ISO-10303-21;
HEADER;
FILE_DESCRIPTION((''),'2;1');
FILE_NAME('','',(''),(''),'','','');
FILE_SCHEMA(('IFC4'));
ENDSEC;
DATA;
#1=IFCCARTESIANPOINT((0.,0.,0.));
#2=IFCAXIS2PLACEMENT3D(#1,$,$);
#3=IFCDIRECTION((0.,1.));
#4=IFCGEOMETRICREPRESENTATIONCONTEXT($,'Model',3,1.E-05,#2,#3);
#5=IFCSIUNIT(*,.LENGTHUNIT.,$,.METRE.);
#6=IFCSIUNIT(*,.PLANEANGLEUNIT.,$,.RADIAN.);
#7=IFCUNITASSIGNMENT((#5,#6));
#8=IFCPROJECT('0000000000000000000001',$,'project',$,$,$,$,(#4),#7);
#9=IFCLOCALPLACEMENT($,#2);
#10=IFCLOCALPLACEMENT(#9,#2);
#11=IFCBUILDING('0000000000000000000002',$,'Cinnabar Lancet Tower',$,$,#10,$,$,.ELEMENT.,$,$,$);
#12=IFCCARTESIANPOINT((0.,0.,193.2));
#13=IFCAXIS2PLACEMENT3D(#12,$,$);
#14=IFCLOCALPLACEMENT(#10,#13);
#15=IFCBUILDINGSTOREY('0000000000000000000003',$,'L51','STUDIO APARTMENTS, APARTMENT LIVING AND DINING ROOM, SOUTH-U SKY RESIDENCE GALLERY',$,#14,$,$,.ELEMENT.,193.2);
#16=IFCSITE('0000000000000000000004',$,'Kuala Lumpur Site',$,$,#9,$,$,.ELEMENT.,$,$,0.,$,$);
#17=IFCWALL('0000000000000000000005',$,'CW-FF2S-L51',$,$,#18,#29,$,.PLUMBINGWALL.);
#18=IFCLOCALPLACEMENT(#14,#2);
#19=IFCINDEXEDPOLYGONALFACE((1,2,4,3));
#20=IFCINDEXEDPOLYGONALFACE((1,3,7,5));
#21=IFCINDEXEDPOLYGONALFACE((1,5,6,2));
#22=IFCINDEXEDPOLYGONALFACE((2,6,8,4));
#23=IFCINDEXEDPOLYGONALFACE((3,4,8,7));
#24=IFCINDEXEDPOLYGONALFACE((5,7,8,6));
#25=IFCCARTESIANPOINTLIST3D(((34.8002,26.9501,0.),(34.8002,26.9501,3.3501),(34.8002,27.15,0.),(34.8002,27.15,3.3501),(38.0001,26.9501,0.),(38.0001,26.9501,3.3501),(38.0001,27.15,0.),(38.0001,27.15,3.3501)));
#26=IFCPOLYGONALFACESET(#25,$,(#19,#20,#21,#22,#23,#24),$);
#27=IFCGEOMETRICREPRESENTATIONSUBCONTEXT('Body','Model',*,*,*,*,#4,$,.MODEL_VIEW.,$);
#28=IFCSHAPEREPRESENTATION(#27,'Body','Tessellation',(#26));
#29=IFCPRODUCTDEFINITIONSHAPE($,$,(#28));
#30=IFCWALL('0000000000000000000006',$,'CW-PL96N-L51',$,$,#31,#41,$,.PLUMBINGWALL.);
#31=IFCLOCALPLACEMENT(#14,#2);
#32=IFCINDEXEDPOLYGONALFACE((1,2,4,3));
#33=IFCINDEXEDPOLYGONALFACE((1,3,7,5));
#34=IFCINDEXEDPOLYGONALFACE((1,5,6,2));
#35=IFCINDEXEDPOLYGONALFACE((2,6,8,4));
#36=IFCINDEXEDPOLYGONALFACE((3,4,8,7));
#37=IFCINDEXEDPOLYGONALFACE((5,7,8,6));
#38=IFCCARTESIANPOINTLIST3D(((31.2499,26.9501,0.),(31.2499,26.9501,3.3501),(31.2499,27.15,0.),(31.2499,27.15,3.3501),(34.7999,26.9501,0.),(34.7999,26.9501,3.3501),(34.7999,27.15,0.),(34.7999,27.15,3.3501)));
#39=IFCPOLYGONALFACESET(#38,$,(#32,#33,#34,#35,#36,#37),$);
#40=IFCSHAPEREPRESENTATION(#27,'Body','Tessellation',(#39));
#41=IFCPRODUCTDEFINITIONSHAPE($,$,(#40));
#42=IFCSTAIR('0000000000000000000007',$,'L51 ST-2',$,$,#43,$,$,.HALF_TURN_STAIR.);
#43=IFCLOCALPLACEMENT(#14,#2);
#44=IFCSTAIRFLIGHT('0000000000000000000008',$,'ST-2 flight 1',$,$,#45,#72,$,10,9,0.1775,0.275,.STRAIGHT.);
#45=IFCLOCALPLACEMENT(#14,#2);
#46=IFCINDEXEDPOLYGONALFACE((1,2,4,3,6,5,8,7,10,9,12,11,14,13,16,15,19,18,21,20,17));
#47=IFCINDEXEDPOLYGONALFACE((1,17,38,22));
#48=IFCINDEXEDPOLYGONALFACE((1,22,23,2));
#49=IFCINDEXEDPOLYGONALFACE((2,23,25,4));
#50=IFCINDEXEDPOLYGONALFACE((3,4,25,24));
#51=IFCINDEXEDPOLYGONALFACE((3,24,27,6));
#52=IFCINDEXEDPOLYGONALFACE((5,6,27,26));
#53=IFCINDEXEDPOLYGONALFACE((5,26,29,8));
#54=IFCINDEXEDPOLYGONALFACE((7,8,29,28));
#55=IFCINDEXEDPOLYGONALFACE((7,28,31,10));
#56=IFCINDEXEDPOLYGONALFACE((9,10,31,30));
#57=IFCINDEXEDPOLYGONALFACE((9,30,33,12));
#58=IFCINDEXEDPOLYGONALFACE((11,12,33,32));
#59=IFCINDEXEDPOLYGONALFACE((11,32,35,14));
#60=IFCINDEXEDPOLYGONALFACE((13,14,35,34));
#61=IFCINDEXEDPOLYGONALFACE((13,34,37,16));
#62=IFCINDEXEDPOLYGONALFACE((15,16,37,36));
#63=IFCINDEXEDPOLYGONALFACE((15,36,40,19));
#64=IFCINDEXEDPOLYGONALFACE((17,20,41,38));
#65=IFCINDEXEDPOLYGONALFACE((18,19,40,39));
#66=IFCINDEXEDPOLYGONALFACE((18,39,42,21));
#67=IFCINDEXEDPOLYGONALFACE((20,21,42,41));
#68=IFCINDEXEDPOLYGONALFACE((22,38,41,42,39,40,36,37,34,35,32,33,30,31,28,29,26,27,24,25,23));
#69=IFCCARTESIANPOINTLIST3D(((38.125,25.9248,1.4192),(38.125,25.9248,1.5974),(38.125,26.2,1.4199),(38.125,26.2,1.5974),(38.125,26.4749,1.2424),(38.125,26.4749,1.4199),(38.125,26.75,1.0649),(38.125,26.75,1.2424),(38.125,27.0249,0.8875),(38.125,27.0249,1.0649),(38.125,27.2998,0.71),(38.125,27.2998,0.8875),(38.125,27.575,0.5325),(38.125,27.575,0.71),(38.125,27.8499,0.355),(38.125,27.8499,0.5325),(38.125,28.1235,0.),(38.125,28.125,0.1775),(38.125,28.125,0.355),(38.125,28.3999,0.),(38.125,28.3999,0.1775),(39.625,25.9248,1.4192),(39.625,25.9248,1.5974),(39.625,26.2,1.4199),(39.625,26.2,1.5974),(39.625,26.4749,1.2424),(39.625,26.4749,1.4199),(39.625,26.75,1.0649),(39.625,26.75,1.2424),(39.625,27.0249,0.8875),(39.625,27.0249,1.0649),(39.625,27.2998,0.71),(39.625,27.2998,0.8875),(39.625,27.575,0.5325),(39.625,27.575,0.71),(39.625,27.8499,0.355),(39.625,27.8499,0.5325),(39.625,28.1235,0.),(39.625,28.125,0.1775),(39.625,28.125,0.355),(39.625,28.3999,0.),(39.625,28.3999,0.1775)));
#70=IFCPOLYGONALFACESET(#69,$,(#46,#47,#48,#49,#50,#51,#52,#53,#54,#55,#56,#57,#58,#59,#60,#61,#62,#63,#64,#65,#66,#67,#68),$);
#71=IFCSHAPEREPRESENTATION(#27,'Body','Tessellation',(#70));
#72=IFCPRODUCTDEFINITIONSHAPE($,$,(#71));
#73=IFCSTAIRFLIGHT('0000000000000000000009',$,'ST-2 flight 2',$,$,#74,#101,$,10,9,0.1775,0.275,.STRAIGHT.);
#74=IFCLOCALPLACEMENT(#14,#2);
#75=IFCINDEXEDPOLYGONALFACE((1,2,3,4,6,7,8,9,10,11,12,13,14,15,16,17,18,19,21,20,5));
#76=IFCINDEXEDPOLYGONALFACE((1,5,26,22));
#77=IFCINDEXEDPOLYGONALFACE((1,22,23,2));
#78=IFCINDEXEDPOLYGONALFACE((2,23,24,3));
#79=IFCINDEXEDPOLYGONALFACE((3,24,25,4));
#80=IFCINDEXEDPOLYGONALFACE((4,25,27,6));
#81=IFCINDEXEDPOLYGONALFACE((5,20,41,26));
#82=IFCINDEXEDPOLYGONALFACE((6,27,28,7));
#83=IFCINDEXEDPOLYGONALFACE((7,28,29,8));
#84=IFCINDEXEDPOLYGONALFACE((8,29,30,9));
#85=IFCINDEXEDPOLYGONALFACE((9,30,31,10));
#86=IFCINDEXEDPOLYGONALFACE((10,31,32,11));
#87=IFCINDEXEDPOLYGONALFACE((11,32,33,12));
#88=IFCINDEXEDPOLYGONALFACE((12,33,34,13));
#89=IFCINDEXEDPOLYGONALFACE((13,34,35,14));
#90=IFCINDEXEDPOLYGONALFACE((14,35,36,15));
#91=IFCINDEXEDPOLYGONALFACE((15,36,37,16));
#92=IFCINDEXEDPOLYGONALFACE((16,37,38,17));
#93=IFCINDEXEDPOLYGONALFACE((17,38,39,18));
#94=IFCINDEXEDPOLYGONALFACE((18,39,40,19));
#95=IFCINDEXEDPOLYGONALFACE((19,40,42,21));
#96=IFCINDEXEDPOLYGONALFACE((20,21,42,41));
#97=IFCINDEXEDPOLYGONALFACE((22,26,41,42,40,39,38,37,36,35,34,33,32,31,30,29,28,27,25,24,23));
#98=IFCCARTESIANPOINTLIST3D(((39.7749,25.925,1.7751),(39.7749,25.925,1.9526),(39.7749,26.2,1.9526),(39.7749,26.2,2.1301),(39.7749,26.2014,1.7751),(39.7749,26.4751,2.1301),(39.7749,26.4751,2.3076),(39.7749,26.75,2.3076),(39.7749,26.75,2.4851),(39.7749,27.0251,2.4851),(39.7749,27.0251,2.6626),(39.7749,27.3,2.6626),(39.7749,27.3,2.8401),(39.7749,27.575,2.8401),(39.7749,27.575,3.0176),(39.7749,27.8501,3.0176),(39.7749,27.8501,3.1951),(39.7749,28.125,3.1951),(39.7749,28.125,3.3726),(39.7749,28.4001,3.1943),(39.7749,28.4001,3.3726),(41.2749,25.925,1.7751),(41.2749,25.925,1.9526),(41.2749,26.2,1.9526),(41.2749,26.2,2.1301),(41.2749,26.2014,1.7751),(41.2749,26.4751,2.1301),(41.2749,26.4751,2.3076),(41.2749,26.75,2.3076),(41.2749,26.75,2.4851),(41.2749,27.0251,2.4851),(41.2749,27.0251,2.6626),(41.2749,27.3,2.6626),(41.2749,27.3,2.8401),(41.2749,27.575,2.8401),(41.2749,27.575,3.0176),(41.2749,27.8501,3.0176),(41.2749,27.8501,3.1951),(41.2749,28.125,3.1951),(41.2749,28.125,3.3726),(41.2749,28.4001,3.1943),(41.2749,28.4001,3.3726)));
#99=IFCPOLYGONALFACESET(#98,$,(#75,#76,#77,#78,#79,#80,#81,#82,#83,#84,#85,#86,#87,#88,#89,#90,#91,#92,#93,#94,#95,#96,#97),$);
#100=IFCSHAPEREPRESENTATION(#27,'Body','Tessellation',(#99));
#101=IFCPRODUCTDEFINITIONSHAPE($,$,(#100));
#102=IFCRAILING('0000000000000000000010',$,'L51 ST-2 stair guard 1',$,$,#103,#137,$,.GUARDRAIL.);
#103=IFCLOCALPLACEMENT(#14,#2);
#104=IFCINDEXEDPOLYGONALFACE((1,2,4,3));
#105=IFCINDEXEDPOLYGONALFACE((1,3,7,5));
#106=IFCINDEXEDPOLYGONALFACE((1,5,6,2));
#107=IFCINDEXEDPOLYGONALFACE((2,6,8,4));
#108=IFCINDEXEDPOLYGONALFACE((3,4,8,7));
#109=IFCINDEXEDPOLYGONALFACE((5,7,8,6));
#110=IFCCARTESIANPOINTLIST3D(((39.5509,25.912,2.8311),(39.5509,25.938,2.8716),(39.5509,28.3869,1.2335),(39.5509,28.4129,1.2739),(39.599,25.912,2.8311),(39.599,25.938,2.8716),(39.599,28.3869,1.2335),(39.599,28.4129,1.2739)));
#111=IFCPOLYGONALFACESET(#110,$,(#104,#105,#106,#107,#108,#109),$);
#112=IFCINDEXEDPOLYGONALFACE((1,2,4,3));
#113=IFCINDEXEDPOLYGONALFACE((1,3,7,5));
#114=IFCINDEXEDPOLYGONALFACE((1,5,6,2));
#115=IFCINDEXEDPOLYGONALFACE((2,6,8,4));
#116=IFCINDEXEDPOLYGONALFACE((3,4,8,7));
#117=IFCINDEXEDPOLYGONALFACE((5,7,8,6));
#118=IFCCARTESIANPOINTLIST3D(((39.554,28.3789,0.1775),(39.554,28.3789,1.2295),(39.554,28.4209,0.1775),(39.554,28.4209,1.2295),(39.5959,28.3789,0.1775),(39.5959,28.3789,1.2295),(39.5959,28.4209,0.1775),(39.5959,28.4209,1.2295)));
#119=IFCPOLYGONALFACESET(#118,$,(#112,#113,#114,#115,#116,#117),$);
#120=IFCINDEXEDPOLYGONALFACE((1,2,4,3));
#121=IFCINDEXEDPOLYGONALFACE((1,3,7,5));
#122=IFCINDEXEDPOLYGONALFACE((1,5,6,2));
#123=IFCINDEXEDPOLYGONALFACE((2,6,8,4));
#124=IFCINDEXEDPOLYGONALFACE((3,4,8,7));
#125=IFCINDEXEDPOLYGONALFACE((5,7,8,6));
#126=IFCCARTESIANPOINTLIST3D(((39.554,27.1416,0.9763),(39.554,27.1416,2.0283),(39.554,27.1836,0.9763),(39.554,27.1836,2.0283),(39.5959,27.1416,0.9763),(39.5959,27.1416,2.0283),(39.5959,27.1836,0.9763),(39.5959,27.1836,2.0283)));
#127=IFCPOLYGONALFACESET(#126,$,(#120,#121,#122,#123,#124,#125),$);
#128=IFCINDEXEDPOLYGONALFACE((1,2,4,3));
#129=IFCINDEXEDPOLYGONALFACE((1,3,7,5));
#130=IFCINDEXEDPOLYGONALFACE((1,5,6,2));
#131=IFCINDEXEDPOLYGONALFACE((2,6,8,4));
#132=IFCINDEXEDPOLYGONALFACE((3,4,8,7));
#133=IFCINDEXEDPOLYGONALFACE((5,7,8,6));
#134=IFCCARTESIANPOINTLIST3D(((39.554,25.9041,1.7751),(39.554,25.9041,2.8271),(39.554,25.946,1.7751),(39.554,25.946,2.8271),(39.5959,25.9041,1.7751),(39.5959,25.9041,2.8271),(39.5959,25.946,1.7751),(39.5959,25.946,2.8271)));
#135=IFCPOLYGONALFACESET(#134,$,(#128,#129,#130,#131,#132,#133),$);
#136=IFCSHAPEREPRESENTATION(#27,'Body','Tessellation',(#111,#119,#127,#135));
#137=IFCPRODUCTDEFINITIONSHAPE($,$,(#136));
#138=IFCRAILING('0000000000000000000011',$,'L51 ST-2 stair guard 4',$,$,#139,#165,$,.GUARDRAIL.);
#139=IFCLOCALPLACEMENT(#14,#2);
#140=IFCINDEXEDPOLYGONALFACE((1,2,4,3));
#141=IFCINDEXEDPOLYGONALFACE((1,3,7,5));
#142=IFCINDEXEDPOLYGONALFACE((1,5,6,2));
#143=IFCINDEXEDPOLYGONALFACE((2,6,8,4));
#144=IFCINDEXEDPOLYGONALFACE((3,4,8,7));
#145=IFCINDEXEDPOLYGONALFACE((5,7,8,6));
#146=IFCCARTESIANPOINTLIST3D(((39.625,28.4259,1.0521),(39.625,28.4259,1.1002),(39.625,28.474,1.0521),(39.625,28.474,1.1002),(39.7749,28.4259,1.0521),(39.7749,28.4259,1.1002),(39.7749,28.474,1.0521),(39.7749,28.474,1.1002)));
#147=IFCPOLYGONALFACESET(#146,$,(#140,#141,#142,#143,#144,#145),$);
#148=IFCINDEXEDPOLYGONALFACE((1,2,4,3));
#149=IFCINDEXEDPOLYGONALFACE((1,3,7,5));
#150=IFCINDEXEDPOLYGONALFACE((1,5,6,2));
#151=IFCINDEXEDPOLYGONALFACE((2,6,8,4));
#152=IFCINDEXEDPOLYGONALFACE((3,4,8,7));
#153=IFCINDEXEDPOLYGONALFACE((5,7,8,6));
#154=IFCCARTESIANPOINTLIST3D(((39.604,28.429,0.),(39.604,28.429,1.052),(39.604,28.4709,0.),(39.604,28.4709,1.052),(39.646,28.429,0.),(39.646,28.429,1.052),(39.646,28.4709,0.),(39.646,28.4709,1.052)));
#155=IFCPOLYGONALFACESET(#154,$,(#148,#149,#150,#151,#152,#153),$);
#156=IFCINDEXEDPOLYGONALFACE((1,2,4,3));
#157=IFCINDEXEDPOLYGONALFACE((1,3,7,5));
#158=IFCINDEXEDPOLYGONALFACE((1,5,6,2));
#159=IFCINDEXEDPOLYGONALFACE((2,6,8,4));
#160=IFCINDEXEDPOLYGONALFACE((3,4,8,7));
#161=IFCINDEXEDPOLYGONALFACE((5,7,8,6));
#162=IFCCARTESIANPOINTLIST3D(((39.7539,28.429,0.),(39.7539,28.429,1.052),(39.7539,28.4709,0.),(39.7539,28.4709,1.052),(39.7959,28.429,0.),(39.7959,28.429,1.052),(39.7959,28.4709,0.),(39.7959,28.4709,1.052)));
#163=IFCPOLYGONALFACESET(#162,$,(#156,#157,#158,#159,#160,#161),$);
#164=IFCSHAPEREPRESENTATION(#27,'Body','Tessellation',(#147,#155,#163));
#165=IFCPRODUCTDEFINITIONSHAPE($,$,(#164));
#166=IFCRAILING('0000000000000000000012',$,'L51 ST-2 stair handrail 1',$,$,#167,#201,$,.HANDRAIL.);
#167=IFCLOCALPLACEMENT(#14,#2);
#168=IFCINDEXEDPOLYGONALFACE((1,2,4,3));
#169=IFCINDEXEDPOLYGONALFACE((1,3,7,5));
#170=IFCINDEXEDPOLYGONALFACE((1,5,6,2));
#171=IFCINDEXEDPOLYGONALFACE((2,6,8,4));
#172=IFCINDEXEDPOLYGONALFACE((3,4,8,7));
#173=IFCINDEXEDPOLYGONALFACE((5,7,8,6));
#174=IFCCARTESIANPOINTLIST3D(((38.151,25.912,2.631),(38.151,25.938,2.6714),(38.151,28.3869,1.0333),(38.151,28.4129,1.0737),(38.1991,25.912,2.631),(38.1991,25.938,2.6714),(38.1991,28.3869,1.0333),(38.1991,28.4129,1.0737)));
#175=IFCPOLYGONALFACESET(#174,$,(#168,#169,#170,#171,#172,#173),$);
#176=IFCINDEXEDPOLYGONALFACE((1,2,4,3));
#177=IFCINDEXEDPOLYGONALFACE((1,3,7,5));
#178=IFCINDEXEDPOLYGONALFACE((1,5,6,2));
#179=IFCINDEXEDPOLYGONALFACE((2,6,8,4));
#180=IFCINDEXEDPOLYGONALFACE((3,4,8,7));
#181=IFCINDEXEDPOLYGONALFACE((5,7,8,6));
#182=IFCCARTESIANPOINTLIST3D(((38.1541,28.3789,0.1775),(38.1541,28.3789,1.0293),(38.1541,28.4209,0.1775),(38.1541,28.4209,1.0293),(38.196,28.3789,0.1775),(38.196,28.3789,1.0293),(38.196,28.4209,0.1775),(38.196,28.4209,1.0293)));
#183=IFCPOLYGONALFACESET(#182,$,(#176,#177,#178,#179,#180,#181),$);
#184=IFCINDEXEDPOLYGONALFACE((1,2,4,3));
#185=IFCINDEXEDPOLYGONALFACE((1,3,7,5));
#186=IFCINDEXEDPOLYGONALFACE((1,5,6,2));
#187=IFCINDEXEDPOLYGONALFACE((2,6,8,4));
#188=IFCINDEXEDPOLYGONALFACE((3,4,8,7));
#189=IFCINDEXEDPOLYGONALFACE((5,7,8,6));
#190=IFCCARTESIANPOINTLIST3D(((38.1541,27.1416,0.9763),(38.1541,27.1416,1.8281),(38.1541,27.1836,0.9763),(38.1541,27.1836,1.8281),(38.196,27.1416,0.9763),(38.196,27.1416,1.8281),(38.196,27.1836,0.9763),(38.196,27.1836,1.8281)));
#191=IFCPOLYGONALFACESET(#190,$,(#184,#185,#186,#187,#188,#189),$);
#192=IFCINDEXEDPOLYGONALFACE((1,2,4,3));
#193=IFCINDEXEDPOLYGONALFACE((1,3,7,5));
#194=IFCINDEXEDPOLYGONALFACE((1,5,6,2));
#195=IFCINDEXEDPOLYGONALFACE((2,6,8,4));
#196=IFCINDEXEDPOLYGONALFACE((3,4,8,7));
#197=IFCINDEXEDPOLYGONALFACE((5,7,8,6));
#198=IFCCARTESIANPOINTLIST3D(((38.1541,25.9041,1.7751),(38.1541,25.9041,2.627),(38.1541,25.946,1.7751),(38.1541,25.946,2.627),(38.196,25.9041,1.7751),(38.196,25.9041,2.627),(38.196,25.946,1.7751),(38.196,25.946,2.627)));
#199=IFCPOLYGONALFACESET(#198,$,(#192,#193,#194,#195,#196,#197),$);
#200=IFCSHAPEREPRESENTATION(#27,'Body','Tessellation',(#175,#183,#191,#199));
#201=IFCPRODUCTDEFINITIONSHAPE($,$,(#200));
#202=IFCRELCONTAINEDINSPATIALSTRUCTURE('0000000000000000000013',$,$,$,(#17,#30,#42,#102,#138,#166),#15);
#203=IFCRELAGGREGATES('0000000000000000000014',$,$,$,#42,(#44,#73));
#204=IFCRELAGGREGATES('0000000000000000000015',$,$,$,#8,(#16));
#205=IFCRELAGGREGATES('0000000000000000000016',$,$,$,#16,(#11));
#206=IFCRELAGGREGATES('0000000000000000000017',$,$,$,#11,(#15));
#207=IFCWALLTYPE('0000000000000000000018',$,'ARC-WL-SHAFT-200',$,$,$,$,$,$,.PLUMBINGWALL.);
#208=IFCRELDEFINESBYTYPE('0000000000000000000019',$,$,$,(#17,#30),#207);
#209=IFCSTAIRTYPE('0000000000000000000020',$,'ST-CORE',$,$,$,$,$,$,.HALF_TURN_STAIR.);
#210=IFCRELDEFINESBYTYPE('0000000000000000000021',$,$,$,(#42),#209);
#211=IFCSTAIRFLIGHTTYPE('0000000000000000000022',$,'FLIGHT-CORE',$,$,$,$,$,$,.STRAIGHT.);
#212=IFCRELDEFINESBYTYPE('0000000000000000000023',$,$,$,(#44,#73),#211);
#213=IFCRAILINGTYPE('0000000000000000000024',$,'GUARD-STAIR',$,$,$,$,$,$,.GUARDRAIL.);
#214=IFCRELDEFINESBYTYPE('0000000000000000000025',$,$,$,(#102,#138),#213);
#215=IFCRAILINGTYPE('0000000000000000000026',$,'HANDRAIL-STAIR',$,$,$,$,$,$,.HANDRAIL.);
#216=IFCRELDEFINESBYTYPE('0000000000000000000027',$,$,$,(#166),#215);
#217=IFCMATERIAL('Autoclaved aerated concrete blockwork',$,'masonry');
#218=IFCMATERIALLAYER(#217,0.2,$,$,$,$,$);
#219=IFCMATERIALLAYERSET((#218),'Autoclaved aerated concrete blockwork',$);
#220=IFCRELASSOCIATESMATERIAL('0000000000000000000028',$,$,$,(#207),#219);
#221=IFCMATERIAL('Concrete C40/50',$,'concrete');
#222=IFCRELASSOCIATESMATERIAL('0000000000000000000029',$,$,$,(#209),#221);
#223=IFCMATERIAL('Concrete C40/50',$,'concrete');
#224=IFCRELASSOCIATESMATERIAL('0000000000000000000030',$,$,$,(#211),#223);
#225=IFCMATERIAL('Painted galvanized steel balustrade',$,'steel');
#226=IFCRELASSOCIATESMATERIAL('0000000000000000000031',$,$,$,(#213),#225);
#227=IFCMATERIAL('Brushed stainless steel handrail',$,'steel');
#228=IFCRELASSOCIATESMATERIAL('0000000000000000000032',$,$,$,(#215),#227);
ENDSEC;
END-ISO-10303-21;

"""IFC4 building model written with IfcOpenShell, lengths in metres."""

from ifc_helpers import new_model, si_unit, direction, frame, frame_2d, origin, origin_2d, place, context, subcontext, project, spatial, polyline, rectangle, outline, extrude, material, layer, layer_set, type_object, element, aggregate, save


model = new_model("IFC4")

# Units and contexts
model_context = context("Model", 3, precision=1e-05, world=origin(), true_north=direction((0.0, 1.0)))
body_context = subcontext(model_context, "Body", "Model", "MODEL_VIEW")
ifc_project = project(units=[si_unit("LENGTHUNIT", "METRE"), si_unit("PLANEANGLEUNIT", "RADIAN")], contexts=[model_context])

# Site, building, storey
site_placement = place(None, origin())
site = spatial("IfcSite", under=ifc_project, at=site_placement, Name="Kuala Lumpur Site", CompositionType="ELEMENT", RefElevation=0.0)
building_placement = place(site_placement, origin())
building = spatial("IfcBuilding", under=site, at=building_placement, Name="Cinnabar Lancet Tower", CompositionType="ELEMENT")
storey_placement = place(building_placement, frame((0.0, 0.0, 193.2)))
storey = spatial("IfcBuildingStorey", under=building, at=storey_placement, Name="L51", Description="STUDIO APARTMENTS, APARTMENT LIVING AND DINING ROOM, SOUTH-U SKY RESIDENCE GALLERY", CompositionType="ELEMENT", Elevation=193.2)

# Shared definitions
ifc_material_1 = material(Name="Autoclaved aerated concrete blockwork", Category="masonry")
ifc_layer = layer(ifc_material_1, 0.2)
ifc_layer_set = layer_set([ifc_layer], Name="Autoclaved aerated concrete blockwork")
wall_type = type_object("IfcWallType", Name="ARC-WL-SHAFT-200", PredefinedType="PLUMBINGWALL", material=ifc_layer_set)

# Walls
wall_1_placement = place(storey_placement, frame((34.8, 27.05, 0.0), z_axis=(0.0, 0.0, 1.0), x_axis=(1.0, 0.0, 0.0)))
element("IfcWall", 1, at=wall_1_placement, inside=storey, type_object=wall_type, Name="CW-FF2S-L51", PredefinedType="PLUMBINGWALL", context=body_context, shape_type="SweptSolid", body=[
    extrude(rectangle(XDim=3.2, YDim=0.2, at=frame_2d((1.6001, 0.0))), origin(), (0.0, 0.0, 1.0), 3.3501),
])
wall_2_placement = place(storey_placement, frame((31.25, 27.05, 0.0), z_axis=(0.0, 0.0, 1.0), x_axis=(1.0, 0.0, 0.0)))
element("IfcWall", 2, at=wall_2_placement, inside=storey, type_object=wall_type, Name="CW-PL96N-L51", PredefinedType="PLUMBINGWALL", context=body_context, shape_type="SweptSolid", body=[
    extrude(rectangle(XDim=3.55, YDim=0.2, at=frame_2d((1.7749, 0.0))), origin(), (0.0, 0.0, 1.0), 3.3501),
])

# Stair, stair flights
ifc_material_2 = material(Name="Concrete C40/50", Category="concrete")
stair_type = type_object("IfcStairType", Name="ST-CORE", PredefinedType="HALF_TURN_STAIR", material=ifc_material_2)
stair_placement = place(storey_placement, origin())
stair = element("IfcStair", 3, at=stair_placement, inside=storey, type_object=stair_type, Name="L51 ST-2", PredefinedType="HALF_TURN_STAIR")
ifc_material_3 = material(Name="Concrete C40/50", Category="concrete")
stair_flight_type = type_object("IfcStairFlightType", Name="FLIGHT-CORE", PredefinedType="STRAIGHT", material=ifc_material_3)
stair_flight_1_placement = place(storey_placement, frame((38.875, 28.3999, 0.0), z_axis=(0.0, 0.0, 1.0), x_axis=(0.0, -1.0, 0.0)))
stair_flight_1 = element("IfcStairFlight", 4, at=stair_flight_1_placement, type_object=stair_flight_type, Name="ST-2 flight 1", NumberOfRisers=10, NumberOfTreads=9, PredefinedType="STRAIGHT", RiserHeight=0.1775, TreadLength=0.275, context=body_context, shape_type="SweptSolid", body=[
    extrude(outline(polyline([(0.0, 0.0), (0.0, 0.1775), (0.2749, 0.1775), (0.2749, 0.355), (0.55, 0.355), (0.55, 0.5325), (0.825, 0.5325), (0.825, 0.71), (1.1001, 0.71), (1.1001, 0.8875), (1.375, 0.8875), (1.375, 1.0649), (1.6499, 1.0649), (1.6499, 1.2424), (1.925, 1.2424), (1.925, 1.4199), (2.2, 1.4199), (2.2, 1.5974), (2.4751, 1.5974), (2.4751, 1.7749), (2.4751, 1.4192), (0.2764, 0.0), (0.0, 0.0)])), frame((0.0, 0.75, 0.0), z_axis=(0.0, -1.0, 0.0), x_axis=(1.0, 0.0, 0.0)), (0.0, 0.0, 1.0), 1.5),
])
stair_flight_2_placement = place(storey_placement, frame((40.5249, 25.925, 1.7751), z_axis=(0.0, 0.0, 1.0), x_axis=(0.0, 1.0, 0.0)))
stair_flight_2 = element("IfcStairFlight", 5, at=stair_flight_2_placement, type_object=stair_flight_type, Name="ST-2 flight 2", NumberOfRisers=10, NumberOfTreads=9, PredefinedType="STRAIGHT", RiserHeight=0.1775, TreadLength=0.275, context=body_context, shape_type="SweptSolid", body=[
    extrude(outline(polyline([(0.0, 0.0), (0.0, 0.1775), (0.2749, 0.1775), (0.2749, 0.355), (0.55, 0.355), (0.55, 0.5325), (0.825, 0.5325), (0.825, 0.71), (1.1001, 0.71), (1.1001, 0.8875), (1.375, 0.8875), (1.375, 1.0649), (1.6499, 1.0649), (1.6499, 1.2424), (1.925, 1.2424), (1.925, 1.4199), (2.2, 1.4199), (2.2, 1.5974), (2.4751, 1.5974), (2.4751, 1.7749), (2.4751, 1.4192), (0.2764, 0.0), (0.0, 0.0)])), frame((0.0, 0.75, 0.0), z_axis=(0.0, -1.0, 0.0), x_axis=(1.0, 0.0, 0.0)), (0.0, 0.0, 1.0), 1.5),
])
aggregate(stair, [stair_flight_1, stair_flight_2])

# Railings
ifc_material_4 = material(Name="Painted galvanized steel balustrade", Category="steel")
railing_type_1 = type_object("IfcRailingType", Name="GUARD-STAIR", PredefinedType="GUARDRAIL", material=ifc_material_4)
railing_1_placement = place(storey_placement, frame((39.575, 28.3999, 0.1775)))
element("IfcRailing", 6, at=railing_1_placement, inside=storey, type_object=railing_type_1, Name="L51 ST-2 stair guard 1", PredefinedType="GUARDRAIL", context=body_context, shape_type="SweptSolid", body=[
    extrude(rectangle(XDim=0.0481, YDim=0.0481, at=origin_2d()), frame((0.0, 0.0, 1.0762), z_axis=(0.0, -0.840146, 0.542361), x_axis=(1.0, 0.0, 0.0)), (0.0, 0.0, 1.0), 2.9458),
    extrude(rectangle(XDim=0.042, YDim=0.042, at=origin_2d()), origin(), (0.0, 0.0, 1.0), 1.052),
    extrude(rectangle(XDim=0.042, YDim=0.042, at=origin_2d()), frame((0.0, -1.2373, 0.7988)), (0.0, 0.0, 1.0), 1.052),
    extrude(rectangle(XDim=0.042, YDim=0.042, at=origin_2d()), frame((0.0, -2.4749, 1.5977)), (0.0, 0.0, 1.0), 1.052),
])
railing_2_placement = place(storey_placement, frame((39.625, 28.45, 0.0)))
element("IfcRailing", 7, at=railing_2_placement, inside=storey, type_object=railing_type_1, Name="L51 ST-2 stair guard 4", PredefinedType="GUARDRAIL", context=body_context, shape_type="SweptSolid", body=[
    extrude(rectangle(XDim=0.0481, YDim=0.0481, at=origin_2d()), frame((0.0, 0.0, 1.0762), z_axis=(1.0, 0.0, 0.0), x_axis=(0.0, 1.0, 0.0)), (0.0, 0.0, 1.0), 0.1499),
    extrude(rectangle(XDim=0.042, YDim=0.042, at=origin_2d()), origin(), (0.0, 0.0, 1.0), 1.052),
    extrude(rectangle(XDim=0.042, YDim=0.042, at=origin_2d()), frame((0.1499, 0.0, 0.0)), (0.0, 0.0, 1.0), 1.052),
])
ifc_material_5 = material(Name="Brushed stainless steel handrail", Category="steel")
railing_type_2 = type_object("IfcRailingType", Name="HANDRAIL-STAIR", PredefinedType="HANDRAIL", material=ifc_material_5)
railing_3_placement = place(storey_placement, frame((38.175, 28.3999, 0.1775)))
element("IfcRailing", 8, at=railing_3_placement, inside=storey, type_object=railing_type_2, Name="L51 ST-2 stair handrail 1", PredefinedType="HANDRAIL", context=body_context, shape_type="SweptSolid", body=[
    extrude(rectangle(XDim=0.0481, YDim=0.0481, at=origin_2d()), frame((0.0, 0.0, 0.876), z_axis=(0.0, -0.840146, 0.542361), x_axis=(1.0, 0.0, 0.0)), (0.0, 0.0, 1.0), 2.9458),
    extrude(rectangle(XDim=0.042, YDim=0.042, at=origin_2d()), origin(), (0.0, 0.0, 1.0), 0.8518),
    extrude(rectangle(XDim=0.042, YDim=0.042, at=origin_2d()), frame((0.0, -1.2373, 0.7988)), (0.0, 0.0, 1.0), 0.8518),
    extrude(rectangle(XDim=0.042, YDim=0.042, at=origin_2d()), frame((0.0, -2.4749, 1.5977)), (0.0, 0.0, 1.0), 0.8518),
])

save(model, "model.ifc")
